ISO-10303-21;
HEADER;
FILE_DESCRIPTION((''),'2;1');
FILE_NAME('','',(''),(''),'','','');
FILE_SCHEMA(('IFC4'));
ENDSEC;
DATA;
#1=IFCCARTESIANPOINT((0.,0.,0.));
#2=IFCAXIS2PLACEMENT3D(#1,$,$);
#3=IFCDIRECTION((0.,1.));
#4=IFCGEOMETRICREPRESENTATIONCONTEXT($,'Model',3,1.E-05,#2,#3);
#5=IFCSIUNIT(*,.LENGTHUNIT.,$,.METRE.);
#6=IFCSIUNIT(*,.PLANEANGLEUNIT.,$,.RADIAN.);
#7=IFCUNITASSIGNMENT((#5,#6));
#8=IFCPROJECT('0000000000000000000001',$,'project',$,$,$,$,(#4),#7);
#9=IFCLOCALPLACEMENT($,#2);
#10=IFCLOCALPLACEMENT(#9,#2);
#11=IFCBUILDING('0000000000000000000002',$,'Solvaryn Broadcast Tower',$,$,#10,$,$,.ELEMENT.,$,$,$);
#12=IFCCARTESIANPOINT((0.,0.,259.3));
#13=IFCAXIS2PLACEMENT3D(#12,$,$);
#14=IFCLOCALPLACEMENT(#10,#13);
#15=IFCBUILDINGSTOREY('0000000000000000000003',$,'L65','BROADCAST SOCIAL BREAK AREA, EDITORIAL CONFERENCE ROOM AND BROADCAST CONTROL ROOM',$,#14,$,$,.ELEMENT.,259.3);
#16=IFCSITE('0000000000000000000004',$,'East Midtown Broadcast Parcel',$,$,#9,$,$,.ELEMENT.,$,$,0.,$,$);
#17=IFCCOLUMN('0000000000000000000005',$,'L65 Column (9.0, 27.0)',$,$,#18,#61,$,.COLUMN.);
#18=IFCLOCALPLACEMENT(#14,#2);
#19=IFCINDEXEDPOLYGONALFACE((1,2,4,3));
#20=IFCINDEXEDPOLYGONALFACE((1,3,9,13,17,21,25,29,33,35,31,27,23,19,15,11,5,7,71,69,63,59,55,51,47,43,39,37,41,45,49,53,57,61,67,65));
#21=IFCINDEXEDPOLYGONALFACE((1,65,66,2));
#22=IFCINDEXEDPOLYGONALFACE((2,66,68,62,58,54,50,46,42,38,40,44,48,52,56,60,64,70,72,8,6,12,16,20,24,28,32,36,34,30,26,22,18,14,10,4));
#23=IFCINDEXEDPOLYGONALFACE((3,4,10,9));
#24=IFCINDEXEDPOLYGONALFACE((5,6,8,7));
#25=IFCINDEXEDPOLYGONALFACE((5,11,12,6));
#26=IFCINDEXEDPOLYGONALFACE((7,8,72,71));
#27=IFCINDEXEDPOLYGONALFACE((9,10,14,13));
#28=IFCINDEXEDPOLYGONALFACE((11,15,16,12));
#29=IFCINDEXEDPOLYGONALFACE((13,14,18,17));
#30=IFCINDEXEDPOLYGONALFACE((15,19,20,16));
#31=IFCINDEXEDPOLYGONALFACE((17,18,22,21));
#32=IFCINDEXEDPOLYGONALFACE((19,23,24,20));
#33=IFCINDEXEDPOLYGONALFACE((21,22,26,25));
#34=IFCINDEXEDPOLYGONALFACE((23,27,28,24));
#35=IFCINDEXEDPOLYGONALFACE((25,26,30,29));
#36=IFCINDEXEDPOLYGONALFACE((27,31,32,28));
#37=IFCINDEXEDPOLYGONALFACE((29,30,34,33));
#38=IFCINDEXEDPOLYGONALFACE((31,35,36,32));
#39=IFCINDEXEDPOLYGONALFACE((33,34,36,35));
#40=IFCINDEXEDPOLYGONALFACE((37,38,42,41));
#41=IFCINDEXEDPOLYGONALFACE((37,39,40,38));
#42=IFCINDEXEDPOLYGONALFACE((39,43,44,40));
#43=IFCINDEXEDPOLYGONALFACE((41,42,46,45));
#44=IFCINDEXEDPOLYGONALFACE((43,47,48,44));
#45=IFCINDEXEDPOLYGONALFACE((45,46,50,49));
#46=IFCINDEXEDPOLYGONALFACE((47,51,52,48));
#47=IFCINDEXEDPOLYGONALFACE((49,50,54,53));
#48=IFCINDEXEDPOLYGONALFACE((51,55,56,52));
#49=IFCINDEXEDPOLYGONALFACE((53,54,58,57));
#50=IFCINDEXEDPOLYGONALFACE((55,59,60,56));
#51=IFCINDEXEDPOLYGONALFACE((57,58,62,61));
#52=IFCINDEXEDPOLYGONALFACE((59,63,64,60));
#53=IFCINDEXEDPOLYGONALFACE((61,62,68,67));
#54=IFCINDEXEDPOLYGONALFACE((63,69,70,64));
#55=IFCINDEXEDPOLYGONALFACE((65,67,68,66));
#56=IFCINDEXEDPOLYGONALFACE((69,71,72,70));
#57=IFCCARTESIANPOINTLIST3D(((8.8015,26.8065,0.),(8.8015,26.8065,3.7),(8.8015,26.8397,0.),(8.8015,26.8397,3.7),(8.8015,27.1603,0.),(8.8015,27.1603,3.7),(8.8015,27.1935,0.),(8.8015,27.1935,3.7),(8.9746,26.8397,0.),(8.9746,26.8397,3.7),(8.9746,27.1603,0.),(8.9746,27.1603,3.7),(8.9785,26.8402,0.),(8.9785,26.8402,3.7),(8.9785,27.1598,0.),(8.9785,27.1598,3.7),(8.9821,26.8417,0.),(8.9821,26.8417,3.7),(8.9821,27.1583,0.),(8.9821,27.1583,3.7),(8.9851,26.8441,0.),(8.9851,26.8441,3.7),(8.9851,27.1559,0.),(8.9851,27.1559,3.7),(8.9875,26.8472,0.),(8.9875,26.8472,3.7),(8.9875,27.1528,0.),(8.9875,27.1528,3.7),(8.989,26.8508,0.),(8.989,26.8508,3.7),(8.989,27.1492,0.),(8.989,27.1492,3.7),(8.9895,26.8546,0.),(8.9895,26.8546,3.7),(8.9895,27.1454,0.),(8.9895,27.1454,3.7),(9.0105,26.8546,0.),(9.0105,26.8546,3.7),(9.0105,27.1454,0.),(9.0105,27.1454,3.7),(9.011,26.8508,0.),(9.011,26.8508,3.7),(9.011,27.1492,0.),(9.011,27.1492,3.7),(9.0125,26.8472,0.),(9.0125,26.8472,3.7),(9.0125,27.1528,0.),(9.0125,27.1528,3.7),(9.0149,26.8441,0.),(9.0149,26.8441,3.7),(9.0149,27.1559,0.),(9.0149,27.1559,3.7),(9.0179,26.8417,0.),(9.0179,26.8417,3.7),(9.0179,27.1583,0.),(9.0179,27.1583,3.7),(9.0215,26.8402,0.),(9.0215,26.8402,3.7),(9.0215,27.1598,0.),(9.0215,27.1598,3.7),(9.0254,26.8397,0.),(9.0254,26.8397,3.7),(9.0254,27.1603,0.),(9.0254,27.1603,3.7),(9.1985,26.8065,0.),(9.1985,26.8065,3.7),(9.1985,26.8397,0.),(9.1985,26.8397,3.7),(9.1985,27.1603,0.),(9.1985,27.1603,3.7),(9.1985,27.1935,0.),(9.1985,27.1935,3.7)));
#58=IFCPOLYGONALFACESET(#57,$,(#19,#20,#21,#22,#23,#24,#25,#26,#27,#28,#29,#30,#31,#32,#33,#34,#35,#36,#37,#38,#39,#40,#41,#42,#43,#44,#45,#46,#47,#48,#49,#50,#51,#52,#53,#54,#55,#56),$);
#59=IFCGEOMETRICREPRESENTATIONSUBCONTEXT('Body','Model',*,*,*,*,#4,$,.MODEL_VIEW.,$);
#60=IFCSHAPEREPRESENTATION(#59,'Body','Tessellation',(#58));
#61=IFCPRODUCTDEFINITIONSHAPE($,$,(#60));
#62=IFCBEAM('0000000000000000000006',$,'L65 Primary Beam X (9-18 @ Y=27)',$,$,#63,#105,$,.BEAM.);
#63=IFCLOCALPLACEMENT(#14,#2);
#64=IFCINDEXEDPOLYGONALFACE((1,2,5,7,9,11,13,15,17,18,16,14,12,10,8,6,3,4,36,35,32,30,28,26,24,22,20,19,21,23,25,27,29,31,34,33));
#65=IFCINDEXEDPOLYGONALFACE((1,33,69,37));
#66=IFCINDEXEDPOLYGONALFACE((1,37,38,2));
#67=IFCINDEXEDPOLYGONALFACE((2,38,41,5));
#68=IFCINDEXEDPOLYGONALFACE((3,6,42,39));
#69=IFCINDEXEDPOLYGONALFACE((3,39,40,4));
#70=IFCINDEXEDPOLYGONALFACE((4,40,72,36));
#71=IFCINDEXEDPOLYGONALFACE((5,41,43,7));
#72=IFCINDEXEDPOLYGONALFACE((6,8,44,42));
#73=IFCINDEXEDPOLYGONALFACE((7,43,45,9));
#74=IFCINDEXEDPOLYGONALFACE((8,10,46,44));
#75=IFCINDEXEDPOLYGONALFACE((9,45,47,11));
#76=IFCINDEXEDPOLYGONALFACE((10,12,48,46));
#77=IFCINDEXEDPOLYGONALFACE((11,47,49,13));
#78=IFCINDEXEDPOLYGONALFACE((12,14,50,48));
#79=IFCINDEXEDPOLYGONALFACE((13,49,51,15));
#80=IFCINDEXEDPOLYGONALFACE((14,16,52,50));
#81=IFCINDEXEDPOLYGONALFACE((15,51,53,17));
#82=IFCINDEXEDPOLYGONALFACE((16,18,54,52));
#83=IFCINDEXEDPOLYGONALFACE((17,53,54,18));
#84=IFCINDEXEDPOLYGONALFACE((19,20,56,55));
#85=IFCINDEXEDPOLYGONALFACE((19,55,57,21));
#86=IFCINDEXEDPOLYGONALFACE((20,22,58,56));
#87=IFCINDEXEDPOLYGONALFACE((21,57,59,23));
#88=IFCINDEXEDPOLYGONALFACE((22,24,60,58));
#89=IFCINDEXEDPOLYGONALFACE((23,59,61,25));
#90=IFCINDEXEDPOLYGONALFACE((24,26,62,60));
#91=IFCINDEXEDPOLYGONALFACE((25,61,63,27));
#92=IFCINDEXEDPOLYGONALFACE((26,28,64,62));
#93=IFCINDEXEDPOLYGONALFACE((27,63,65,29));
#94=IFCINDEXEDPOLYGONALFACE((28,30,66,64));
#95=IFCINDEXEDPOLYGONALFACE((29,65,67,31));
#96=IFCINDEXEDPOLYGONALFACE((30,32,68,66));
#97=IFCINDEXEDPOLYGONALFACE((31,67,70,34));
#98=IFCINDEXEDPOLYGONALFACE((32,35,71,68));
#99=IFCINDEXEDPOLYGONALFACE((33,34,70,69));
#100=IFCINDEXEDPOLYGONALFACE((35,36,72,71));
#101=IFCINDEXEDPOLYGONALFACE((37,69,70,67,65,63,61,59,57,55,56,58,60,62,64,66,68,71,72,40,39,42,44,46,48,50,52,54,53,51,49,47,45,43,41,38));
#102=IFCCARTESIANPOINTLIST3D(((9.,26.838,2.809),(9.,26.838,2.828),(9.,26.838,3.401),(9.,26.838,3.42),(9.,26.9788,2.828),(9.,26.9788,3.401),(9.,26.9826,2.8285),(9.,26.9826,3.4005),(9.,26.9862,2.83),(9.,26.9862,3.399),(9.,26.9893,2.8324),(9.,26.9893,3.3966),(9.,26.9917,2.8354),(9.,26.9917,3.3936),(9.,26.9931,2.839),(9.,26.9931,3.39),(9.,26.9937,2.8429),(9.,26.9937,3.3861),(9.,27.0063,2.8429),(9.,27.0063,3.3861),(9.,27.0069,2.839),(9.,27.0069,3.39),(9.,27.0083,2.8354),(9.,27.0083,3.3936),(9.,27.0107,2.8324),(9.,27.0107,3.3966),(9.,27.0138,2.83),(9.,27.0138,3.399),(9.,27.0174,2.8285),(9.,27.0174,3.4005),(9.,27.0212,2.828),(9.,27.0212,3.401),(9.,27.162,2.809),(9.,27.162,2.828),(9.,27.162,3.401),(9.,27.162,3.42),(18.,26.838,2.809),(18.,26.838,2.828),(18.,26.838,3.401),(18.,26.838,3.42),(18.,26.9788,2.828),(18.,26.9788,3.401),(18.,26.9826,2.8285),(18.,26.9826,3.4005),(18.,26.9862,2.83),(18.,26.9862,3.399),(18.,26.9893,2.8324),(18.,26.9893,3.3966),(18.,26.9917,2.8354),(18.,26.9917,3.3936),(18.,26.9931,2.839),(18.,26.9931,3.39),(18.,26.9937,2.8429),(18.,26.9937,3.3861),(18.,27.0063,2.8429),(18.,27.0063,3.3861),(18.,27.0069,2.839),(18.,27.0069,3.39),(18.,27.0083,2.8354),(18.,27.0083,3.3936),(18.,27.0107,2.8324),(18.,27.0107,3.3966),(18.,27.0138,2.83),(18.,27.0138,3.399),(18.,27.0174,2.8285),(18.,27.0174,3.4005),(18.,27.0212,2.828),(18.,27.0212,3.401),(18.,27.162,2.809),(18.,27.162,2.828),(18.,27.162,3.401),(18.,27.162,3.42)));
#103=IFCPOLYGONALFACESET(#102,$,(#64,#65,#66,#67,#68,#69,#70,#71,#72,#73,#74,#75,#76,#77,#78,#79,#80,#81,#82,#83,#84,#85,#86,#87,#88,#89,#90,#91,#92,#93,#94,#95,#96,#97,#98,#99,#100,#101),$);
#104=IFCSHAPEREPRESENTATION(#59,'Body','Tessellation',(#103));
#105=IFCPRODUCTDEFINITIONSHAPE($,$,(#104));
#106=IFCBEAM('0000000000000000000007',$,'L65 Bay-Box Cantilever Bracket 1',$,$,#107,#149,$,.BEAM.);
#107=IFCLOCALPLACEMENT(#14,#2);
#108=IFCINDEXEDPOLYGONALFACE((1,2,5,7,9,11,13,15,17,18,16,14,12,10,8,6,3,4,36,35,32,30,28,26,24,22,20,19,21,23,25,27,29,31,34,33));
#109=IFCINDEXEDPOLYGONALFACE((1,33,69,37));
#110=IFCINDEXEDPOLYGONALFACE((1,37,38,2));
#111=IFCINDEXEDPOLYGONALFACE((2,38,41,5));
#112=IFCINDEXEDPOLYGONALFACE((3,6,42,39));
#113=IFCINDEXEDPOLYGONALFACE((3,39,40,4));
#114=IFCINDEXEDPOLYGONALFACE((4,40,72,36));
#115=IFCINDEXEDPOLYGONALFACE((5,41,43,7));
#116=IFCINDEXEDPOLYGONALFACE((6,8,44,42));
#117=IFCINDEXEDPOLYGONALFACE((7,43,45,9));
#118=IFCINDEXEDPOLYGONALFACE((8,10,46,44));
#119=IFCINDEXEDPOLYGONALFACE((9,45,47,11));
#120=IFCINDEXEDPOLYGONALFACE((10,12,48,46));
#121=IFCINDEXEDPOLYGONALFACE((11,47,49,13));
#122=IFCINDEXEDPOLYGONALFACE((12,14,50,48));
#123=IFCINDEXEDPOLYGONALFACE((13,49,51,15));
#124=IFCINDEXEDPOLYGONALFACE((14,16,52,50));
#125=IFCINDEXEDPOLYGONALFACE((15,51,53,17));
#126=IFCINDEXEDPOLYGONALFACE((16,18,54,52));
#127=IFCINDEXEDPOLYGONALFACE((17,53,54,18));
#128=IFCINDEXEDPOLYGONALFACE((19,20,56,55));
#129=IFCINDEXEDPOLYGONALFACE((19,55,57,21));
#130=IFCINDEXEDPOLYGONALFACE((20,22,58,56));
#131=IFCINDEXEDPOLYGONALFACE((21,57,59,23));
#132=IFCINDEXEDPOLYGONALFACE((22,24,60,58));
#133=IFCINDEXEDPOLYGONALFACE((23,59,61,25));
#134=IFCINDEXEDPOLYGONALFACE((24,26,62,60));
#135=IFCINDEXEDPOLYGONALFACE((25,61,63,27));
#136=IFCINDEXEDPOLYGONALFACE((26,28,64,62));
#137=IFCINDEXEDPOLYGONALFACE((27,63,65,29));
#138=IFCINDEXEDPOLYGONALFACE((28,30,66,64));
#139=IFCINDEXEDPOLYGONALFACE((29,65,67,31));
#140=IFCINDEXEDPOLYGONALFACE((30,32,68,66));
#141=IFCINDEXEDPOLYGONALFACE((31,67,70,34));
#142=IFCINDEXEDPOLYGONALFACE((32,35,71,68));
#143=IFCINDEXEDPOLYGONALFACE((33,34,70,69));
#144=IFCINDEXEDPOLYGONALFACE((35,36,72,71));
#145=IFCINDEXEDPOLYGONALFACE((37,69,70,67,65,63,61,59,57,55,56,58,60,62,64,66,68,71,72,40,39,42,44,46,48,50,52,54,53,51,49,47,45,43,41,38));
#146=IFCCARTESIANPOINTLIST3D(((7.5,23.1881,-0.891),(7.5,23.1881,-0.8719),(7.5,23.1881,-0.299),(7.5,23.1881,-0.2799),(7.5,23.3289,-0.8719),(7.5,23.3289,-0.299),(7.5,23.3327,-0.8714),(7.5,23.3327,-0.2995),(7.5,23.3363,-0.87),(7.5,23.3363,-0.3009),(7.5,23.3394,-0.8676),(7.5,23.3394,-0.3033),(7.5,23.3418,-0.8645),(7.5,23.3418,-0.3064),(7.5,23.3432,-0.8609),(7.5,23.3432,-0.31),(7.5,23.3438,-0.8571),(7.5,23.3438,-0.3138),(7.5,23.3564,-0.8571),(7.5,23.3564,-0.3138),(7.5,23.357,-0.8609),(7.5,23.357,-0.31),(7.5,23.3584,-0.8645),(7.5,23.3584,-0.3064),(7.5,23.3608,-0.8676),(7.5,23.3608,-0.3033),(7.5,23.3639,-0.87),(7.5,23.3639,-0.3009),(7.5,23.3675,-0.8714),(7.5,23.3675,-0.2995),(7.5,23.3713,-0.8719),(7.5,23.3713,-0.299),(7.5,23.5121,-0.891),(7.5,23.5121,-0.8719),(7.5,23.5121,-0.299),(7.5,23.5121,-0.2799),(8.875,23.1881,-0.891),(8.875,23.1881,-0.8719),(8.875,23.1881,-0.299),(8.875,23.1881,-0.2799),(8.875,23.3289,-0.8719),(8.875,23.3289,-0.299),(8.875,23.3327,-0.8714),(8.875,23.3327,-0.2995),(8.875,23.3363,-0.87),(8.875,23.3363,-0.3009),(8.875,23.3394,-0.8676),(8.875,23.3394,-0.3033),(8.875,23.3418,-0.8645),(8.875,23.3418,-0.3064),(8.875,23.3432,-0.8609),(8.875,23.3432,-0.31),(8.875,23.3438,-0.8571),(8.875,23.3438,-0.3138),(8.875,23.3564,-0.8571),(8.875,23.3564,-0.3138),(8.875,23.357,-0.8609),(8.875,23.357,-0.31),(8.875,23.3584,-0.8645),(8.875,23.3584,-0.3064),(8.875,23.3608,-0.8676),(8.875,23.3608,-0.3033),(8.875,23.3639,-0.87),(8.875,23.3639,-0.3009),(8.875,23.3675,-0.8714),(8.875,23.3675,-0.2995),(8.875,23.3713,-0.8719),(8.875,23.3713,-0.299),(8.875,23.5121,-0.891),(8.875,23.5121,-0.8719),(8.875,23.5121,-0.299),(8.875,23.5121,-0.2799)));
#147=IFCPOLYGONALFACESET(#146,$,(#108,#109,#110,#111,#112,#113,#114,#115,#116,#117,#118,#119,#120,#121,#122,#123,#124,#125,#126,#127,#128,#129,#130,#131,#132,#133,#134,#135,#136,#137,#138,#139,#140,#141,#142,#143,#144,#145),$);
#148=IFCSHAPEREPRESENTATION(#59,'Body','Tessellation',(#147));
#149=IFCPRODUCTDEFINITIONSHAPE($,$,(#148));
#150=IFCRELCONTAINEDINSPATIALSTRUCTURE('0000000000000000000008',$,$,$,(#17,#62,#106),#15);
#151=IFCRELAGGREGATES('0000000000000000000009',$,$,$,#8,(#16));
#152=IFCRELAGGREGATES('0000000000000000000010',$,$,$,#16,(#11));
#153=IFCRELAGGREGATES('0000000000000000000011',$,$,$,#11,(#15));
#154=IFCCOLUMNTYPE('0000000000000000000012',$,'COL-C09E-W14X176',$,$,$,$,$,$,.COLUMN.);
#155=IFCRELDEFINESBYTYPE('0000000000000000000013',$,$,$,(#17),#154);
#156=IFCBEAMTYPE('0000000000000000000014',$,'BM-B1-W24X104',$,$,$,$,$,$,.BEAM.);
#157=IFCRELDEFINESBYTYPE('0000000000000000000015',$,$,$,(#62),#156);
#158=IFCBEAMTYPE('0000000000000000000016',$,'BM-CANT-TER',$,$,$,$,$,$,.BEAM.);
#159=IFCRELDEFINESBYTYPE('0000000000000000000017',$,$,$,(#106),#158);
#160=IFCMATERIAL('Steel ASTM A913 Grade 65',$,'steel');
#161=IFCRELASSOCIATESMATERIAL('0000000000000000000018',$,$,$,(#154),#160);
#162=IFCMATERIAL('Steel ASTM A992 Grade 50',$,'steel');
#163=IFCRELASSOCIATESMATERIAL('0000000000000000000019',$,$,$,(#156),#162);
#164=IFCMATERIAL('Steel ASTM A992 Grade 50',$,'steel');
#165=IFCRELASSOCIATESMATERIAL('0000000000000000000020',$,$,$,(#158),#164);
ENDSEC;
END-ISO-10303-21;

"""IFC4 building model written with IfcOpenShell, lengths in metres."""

from ifc_helpers import new_model, si_unit, direction, frame, origin, origin_2d, place, context, subcontext, project, spatial, i_section, extrude, material, material_profile, profile_set, type_object, element, save


model = new_model("IFC4")

# Units and contexts
model_context = context("Model", 3, precision=1e-05, world=origin(), true_north=direction((0.0, 1.0)))
body_context = subcontext(model_context, "Body", "Model", "MODEL_VIEW")
ifc_project = project(units=[si_unit("LENGTHUNIT", "METRE"), si_unit("PLANEANGLEUNIT", "RADIAN")], contexts=[model_context])

# Site, building, storey
site_placement = place(None, origin())
site = spatial("IfcSite", under=ifc_project, at=site_placement, Name="East Midtown Broadcast Parcel", CompositionType="ELEMENT", RefElevation=0.0)
building_placement = place(site_placement, origin())
building = spatial("IfcBuilding", under=site, at=building_placement, Name="Solvaryn Broadcast Tower", CompositionType="ELEMENT")
storey_placement = place(building_placement, frame((0.0, 0.0, 259.3)))
storey = spatial("IfcBuildingStorey", under=building, at=storey_placement, Name="L65", Description="BROADCAST SOCIAL BREAK AREA, EDITORIAL CONFERENCE ROOM AND BROADCAST CONTROL ROOM", CompositionType="ELEMENT", Elevation=259.3)

# Column
ifc_material_1 = material(Name="Steel ASTM A913 Grade 65", Category="steel")
ifc_material_profile_1 = material_profile(ifc_material_1, i_section(OverallWidth=0.397, OverallDepth=0.387, WebThickness=0.021, FlangeThickness=0.0332, FilletRadius=0.0149, at=origin_2d()))
ifc_profile_set_1 = profile_set([ifc_material_profile_1], Name="Steel ASTM A913 Grade 65")
column_type = type_object("IfcColumnType", Name="COL-C09E-W14X176", PredefinedType="COLUMN", material=ifc_profile_set_1)
column_placement = place(storey_placement, frame((9.0, 27.0, 0.0), z_axis=(0.0, 0.0, 1.0), x_axis=(1.0, 0.0, 0.0)))
element("IfcColumn", 1, at=column_placement, inside=storey, type_object=column_type, Name="L65 Column (9.0, 27.0)", PredefinedType="COLUMN", context=body_context, shape_type="SweptSolid", body=[
    extrude(i_section(OverallWidth=0.397, OverallDepth=0.387, WebThickness=0.021, FlangeThickness=0.0332, FilletRadius=0.0149, at=origin_2d()), origin(), (0.0, 0.0, 1.0), 3.7),
])

# Beams
ifc_material_2 = material(Name="Steel ASTM A992 Grade 50", Category="steel")
ifc_material_profile_2 = material_profile(ifc_material_2, i_section(OverallWidth=0.324, OverallDepth=0.6111, WebThickness=0.0127, FlangeThickness=0.019, FilletRadius=0.0149, at=origin_2d()))
ifc_profile_set_2 = profile_set([ifc_material_profile_2], Name="Steel ASTM A992 Grade 50")
beam_type_1 = type_object("IfcBeamType", Name="BM-B1-W24X104", PredefinedType="BEAM", material=ifc_profile_set_2)
beam_1_placement = place(storey_placement, frame((9.0, 27.0, 3.1145), z_axis=(1.0, 0.0, 0.0), x_axis=(0.0, 1.0, 0.0)))
element("IfcBeam", 2, at=beam_1_placement, inside=storey, type_object=beam_type_1, Name="L65 Primary Beam X (9-18 @ Y=27)", PredefinedType="BEAM", context=body_context, shape_type="SweptSolid", body=[
    extrude(i_section(OverallWidth=0.324, OverallDepth=0.6111, WebThickness=0.0127, FlangeThickness=0.019, FilletRadius=0.0149, at=origin_2d()), origin(), (0.0, 0.0, 1.0), 9.0),
])
ifc_material_3 = material(Name="Steel ASTM A992 Grade 50", Category="steel")
ifc_material_profile_3 = material_profile(ifc_material_3, i_section(OverallWidth=0.324, OverallDepth=0.6111, WebThickness=0.0127, FlangeThickness=0.019, FilletRadius=0.0149, at=origin_2d()))
ifc_profile_set_3 = profile_set([ifc_material_profile_3], Name="Steel ASTM A992 Grade 50")
beam_type_2 = type_object("IfcBeamType", Name="BM-CANT-TER", PredefinedType="BEAM", material=ifc_profile_set_3)
beam_2_placement = place(storey_placement, frame((8.875, 23.3501, -0.5854), z_axis=(-1.0, 0.0, 0.0), x_axis=(0.0, -1.0, 0.0)))
element("IfcBeam", 3, at=beam_2_placement, inside=storey, type_object=beam_type_2, Name="L65 Bay-Box Cantilever Bracket 1", PredefinedType="BEAM", context=body_context, shape_type="SweptSolid", body=[
    extrude(i_section(OverallWidth=0.324, OverallDepth=0.6111, WebThickness=0.0127, FlangeThickness=0.019, FilletRadius=0.0149, at=origin_2d()), origin(), (0.0, 0.0, 1.0), 1.375),
])

save(model, "model.ifc")
